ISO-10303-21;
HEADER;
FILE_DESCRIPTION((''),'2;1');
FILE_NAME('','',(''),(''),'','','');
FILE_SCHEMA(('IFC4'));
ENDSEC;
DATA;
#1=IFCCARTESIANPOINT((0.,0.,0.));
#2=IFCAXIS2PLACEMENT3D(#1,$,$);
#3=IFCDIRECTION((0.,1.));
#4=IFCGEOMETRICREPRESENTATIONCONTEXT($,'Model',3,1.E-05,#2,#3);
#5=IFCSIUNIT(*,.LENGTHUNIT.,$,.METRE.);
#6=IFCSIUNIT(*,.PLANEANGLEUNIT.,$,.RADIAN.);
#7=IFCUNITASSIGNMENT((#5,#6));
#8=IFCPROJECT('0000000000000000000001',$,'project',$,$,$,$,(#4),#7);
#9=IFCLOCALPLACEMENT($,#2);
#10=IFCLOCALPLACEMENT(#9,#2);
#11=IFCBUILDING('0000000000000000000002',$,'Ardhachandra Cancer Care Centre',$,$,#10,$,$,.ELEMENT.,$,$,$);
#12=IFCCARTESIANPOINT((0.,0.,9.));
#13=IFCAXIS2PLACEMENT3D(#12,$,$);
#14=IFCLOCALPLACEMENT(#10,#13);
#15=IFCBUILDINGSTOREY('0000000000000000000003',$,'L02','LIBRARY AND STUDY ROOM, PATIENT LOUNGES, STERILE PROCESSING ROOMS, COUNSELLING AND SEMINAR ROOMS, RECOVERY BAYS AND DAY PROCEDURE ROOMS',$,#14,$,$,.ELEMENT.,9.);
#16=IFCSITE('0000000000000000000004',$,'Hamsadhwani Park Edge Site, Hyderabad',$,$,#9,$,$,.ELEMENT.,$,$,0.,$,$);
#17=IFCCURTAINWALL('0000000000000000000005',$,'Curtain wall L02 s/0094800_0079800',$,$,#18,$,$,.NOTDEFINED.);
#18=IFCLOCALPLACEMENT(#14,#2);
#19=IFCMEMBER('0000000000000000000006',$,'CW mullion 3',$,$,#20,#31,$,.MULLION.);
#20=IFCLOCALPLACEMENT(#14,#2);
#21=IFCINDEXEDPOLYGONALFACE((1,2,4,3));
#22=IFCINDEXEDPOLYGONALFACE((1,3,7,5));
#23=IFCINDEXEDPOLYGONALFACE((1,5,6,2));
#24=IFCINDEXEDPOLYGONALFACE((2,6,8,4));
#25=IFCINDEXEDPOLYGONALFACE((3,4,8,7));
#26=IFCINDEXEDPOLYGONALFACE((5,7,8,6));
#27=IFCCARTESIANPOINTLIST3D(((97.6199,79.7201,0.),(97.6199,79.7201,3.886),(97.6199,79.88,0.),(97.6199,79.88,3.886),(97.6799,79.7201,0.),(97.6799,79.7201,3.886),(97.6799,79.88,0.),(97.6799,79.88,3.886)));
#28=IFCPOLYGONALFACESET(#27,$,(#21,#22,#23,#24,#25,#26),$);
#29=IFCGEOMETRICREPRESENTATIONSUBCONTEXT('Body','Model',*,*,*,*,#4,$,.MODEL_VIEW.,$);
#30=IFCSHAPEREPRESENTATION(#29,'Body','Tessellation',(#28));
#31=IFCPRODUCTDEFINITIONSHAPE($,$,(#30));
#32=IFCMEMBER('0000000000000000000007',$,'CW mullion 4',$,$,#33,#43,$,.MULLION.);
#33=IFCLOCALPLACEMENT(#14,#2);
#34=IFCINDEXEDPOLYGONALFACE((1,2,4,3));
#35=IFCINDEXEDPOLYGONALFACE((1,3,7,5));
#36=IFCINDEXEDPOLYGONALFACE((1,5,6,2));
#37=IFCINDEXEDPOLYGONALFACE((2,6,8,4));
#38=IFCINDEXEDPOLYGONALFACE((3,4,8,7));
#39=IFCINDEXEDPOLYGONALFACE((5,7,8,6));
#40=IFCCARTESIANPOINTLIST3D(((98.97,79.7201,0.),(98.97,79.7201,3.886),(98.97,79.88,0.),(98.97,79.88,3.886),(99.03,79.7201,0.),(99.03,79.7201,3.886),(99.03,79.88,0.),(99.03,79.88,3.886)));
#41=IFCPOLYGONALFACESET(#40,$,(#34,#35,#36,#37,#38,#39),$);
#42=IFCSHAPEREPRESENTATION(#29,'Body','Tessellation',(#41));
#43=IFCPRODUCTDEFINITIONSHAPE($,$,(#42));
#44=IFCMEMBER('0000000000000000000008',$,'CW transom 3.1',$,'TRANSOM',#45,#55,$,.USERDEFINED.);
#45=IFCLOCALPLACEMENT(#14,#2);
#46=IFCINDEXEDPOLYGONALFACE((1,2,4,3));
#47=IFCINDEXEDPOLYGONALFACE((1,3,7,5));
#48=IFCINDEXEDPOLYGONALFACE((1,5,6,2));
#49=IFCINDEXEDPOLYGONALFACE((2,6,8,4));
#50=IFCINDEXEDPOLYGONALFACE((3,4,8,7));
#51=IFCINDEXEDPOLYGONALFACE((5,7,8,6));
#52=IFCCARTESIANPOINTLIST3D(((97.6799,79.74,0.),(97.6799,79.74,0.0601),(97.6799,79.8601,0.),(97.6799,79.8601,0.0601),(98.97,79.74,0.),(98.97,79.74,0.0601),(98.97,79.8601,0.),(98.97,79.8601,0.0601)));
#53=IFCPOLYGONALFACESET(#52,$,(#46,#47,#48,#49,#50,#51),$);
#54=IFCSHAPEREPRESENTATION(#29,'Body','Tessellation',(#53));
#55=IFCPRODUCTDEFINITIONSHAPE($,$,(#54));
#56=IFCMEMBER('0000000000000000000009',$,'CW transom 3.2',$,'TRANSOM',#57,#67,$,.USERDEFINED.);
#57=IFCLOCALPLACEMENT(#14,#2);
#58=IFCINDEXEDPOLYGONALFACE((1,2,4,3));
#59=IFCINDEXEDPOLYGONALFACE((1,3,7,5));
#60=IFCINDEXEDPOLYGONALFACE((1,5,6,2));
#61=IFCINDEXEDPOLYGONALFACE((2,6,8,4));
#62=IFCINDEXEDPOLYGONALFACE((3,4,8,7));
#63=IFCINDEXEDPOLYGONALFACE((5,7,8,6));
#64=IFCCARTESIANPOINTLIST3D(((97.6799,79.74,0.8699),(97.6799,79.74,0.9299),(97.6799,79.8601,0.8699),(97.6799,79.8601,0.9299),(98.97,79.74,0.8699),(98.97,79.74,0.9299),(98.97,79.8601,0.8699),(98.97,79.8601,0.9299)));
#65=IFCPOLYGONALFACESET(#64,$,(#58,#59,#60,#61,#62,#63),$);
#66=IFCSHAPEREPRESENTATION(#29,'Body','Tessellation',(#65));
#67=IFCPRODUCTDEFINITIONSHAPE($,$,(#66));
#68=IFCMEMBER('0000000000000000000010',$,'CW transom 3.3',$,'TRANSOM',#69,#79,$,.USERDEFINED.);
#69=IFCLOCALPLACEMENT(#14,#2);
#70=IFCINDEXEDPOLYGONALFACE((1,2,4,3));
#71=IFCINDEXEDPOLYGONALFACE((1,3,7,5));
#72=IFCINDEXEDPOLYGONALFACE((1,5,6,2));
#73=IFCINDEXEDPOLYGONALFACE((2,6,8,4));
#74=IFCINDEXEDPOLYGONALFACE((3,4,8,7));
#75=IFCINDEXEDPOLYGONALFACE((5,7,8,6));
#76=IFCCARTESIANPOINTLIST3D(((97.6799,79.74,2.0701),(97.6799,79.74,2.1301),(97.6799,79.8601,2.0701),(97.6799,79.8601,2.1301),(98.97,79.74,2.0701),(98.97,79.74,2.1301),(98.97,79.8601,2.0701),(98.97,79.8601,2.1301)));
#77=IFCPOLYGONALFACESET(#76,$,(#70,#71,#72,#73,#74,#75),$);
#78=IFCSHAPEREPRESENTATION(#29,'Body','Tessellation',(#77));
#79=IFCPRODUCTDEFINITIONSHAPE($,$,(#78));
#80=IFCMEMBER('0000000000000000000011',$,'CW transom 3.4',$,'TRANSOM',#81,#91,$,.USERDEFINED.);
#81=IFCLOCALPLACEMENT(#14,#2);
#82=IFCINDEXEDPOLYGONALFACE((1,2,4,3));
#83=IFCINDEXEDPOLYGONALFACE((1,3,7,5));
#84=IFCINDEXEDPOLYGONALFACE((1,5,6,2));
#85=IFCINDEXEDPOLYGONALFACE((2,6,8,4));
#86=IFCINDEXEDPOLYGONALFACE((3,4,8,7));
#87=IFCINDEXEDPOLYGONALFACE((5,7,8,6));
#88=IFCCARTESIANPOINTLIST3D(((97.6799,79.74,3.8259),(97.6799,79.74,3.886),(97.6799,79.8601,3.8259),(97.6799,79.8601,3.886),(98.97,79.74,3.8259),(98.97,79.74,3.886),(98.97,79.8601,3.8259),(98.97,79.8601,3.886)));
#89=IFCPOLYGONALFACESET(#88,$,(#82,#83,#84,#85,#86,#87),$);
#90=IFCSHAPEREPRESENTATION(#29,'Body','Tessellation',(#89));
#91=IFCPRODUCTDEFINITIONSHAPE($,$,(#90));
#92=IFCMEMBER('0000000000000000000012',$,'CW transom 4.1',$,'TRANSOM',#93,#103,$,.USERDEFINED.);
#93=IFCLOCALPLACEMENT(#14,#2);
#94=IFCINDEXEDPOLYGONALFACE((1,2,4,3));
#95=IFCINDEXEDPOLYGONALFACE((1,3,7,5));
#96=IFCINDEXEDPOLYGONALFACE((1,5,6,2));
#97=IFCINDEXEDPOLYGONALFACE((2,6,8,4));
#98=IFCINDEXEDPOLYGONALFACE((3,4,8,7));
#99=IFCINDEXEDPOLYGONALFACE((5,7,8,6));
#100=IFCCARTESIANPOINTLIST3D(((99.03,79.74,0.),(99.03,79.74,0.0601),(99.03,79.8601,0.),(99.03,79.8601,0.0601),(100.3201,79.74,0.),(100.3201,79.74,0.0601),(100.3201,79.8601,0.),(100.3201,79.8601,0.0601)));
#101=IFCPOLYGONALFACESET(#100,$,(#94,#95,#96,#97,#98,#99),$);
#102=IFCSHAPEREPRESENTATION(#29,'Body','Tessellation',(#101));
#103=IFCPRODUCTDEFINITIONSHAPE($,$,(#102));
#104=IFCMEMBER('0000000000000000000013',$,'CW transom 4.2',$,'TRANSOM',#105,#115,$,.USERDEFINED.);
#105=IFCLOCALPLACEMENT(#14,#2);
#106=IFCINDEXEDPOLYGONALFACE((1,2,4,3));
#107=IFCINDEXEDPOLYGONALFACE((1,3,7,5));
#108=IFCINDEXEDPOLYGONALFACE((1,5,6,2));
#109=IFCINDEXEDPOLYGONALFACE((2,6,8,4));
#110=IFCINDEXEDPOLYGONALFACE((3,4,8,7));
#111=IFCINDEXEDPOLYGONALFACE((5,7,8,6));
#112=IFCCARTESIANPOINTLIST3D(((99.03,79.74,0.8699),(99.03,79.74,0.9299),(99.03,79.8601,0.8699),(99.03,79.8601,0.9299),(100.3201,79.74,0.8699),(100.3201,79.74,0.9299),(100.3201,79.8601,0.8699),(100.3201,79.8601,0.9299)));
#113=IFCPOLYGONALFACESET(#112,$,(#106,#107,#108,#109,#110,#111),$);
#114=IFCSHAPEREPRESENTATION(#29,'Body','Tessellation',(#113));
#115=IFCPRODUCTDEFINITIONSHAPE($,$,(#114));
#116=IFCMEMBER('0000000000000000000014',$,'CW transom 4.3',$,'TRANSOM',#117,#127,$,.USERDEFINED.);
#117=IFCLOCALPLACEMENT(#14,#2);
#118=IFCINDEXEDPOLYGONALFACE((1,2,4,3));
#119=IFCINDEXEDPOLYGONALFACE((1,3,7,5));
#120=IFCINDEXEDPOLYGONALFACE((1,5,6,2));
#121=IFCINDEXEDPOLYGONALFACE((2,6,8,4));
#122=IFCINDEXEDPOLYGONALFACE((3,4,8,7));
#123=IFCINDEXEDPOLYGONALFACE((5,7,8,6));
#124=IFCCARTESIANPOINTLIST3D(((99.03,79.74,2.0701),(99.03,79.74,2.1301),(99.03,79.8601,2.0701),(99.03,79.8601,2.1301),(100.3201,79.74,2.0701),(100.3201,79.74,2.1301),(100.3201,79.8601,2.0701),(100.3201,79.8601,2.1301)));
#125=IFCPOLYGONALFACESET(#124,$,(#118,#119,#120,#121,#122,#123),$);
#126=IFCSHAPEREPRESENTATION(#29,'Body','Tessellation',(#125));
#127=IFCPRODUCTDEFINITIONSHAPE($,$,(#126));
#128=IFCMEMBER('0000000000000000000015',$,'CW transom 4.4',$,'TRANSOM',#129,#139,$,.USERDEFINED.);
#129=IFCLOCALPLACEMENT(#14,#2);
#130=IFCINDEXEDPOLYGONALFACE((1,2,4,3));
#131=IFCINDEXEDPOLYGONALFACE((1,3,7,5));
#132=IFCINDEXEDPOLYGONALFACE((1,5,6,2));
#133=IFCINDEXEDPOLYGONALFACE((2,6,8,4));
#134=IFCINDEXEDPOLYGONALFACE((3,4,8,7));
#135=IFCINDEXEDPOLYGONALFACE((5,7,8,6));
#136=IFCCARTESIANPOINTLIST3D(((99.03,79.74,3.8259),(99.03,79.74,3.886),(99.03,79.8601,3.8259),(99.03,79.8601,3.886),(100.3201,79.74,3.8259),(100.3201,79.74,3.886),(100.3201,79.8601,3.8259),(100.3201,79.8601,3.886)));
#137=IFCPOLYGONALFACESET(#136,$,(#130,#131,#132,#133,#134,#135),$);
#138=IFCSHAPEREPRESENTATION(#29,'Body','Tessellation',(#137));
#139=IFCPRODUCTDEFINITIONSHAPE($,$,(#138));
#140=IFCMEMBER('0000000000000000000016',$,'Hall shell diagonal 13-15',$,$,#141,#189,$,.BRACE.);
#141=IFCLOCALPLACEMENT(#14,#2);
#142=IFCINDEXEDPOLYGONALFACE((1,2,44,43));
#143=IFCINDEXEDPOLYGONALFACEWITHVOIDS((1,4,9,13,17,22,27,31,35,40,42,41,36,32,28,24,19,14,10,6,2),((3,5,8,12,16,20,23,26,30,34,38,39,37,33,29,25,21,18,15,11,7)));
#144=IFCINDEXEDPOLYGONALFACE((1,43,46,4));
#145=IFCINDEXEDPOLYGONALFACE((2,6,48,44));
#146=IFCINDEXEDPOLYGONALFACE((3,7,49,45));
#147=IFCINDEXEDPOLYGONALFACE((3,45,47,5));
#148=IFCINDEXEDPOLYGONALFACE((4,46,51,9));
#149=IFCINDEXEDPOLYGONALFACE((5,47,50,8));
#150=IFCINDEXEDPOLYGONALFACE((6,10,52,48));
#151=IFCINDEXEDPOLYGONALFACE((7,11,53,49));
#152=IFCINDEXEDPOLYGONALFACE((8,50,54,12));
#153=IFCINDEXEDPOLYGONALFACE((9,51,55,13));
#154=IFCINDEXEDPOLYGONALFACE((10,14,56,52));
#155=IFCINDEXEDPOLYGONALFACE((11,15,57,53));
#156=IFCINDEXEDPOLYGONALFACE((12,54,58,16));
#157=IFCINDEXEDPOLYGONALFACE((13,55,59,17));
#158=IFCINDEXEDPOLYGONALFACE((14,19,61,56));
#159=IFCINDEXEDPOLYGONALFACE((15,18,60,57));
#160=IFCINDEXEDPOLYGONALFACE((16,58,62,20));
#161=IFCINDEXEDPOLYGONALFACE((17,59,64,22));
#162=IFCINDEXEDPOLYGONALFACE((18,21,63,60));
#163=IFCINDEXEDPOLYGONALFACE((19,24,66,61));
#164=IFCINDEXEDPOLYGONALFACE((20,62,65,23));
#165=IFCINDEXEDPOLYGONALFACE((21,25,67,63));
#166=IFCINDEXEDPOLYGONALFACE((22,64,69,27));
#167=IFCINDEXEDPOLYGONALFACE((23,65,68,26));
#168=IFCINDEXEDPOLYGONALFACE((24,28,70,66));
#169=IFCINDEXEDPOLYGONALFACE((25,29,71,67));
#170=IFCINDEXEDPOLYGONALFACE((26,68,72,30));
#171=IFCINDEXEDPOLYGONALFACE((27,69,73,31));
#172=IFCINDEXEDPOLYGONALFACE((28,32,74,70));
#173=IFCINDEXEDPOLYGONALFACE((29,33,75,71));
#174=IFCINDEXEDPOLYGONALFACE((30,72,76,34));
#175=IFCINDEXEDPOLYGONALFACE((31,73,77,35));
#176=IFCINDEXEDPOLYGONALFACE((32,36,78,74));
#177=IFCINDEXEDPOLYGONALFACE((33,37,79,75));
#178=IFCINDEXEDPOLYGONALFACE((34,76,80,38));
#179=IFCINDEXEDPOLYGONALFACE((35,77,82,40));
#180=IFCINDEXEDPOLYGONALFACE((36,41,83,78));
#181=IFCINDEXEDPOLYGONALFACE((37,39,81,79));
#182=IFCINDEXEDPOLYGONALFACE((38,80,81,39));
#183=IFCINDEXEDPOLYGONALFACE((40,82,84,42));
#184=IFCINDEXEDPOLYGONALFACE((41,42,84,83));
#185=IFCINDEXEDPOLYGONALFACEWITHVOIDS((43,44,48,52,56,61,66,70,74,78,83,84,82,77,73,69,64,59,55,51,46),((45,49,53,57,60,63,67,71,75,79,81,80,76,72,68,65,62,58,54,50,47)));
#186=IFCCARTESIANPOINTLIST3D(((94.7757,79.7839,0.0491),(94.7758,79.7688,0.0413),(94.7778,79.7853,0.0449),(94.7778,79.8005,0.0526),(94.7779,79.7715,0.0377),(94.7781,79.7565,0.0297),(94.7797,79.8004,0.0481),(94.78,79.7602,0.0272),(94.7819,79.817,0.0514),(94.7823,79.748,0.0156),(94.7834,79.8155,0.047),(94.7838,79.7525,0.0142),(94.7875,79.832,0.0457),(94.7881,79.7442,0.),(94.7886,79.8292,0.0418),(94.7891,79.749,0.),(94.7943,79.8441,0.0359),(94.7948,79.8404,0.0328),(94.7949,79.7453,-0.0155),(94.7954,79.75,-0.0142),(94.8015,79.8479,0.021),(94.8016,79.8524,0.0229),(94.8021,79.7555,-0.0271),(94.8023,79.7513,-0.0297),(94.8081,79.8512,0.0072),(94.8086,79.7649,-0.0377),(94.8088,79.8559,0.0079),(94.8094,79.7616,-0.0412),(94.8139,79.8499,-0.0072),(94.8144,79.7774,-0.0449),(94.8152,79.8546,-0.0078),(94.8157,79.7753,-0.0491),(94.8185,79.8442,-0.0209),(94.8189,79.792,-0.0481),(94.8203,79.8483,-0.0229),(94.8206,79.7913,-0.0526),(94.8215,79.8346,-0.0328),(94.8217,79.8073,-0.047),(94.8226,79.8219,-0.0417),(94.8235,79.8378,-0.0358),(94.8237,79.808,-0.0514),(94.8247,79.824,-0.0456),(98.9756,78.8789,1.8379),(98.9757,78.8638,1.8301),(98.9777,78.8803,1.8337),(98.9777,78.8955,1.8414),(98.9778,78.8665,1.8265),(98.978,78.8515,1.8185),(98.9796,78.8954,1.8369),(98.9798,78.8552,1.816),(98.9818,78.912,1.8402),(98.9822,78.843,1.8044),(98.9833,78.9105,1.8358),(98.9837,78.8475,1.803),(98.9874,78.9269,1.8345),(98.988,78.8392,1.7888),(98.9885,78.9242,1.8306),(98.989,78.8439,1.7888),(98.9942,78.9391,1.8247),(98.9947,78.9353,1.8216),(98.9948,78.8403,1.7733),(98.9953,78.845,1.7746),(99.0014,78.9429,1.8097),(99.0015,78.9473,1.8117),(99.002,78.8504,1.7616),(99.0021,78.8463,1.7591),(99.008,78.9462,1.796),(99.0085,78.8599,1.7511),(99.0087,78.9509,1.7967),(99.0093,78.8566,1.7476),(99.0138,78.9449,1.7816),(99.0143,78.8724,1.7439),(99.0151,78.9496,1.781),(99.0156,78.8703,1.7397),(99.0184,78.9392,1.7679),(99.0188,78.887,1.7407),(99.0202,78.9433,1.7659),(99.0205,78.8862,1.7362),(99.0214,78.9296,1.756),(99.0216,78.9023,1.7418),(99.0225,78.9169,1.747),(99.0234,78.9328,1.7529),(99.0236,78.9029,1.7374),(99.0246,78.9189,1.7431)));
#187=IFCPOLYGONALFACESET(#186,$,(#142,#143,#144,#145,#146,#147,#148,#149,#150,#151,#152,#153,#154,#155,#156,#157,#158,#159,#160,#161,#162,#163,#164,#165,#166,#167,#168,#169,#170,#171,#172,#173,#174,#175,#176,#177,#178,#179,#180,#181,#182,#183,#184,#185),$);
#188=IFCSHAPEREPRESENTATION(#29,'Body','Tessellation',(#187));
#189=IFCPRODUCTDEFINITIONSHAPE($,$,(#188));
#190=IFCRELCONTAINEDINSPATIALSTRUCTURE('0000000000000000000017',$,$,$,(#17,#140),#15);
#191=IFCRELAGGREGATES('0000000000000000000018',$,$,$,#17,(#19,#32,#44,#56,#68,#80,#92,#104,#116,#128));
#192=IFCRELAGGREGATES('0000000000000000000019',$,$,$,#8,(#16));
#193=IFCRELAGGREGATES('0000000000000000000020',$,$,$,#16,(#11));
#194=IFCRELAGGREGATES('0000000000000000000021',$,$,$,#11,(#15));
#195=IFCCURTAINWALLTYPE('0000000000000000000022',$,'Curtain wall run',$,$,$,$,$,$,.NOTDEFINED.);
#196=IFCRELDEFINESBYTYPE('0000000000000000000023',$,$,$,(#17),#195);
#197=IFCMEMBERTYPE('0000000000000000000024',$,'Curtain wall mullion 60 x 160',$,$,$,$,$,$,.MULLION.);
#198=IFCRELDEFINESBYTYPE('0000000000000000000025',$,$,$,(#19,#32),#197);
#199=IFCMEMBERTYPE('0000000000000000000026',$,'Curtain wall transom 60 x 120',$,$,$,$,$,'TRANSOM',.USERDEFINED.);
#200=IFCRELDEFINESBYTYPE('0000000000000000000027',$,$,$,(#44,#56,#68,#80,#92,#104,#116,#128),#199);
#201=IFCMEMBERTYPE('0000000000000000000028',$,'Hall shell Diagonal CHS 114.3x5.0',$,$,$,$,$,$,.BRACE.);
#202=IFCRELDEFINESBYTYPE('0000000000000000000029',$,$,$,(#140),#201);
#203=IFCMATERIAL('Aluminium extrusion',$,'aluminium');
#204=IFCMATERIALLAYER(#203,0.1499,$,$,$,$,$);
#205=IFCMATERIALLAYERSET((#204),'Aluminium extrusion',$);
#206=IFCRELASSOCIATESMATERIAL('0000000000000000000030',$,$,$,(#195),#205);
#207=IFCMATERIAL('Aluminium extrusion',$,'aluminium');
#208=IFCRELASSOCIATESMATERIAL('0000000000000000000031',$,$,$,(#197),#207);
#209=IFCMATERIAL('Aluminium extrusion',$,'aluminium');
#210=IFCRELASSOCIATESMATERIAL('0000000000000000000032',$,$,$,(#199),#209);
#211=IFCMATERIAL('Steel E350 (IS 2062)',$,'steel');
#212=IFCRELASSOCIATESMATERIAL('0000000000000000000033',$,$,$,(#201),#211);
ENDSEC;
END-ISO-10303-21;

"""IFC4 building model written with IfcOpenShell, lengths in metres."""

from ifc_helpers import new_model, si_unit, direction, frame, origin, origin_2d, place, context, subcontext, project, spatial, rectangle, hollow_circle, extrude, material, layer, layer_set, material_profile, profile_set, type_object, element, aggregate, save


model = new_model("IFC4")

# Units and contexts
model_context = context("Model", 3, precision=1e-05, world=origin(), true_north=direction((0.0, 1.0)))
body_context = subcontext(model_context, "Body", "Model", "MODEL_VIEW")
ifc_project = project(units=[si_unit("LENGTHUNIT", "METRE"), si_unit("PLANEANGLEUNIT", "RADIAN")], contexts=[model_context])

# Site, building, storey
site_placement = place(None, origin())
site = spatial("IfcSite", under=ifc_project, at=site_placement, Name="Hamsadhwani Park Edge Site, Hyderabad", CompositionType="ELEMENT", RefElevation=0.0)
building_placement = place(site_placement, origin())
building = spatial("IfcBuilding", under=site, at=building_placement, Name="Ardhachandra Cancer Care Centre", CompositionType="ELEMENT")
storey_placement = place(building_placement, frame((0.0, 0.0, 9.0)))
storey = spatial("IfcBuildingStorey", under=building, at=storey_placement, Name="L02", Description="LIBRARY AND STUDY ROOM, PATIENT LOUNGES, STERILE PROCESSING ROOMS, COUNSELLING AND SEMINAR ROOMS, RECOVERY BAYS AND DAY PROCEDURE ROOMS", CompositionType="ELEMENT", Elevation=9.0)

# Curtain wall, members
ifc_material_1 = material(Name="Aluminium extrusion", Category="aluminium")
ifc_layer_1 = layer(ifc_material_1, 0.1499)
ifc_layer_set_1 = layer_set([ifc_layer_1], Name="Aluminium extrusion")
curtain_wall_type = type_object("IfcCurtainWallType", Name="Curtain wall run", PredefinedType="NOTDEFINED", material=ifc_layer_set_1)
curtain_wall_placement = place(storey_placement, origin())
curtain_wall = element("IfcCurtainWall", 1, at=curtain_wall_placement, inside=storey, type_object=curtain_wall_type, Name="Curtain wall L02 s/0094800_0079800", PredefinedType="NOTDEFINED")
ifc_material_2 = material(Name="Aluminium extrusion", Category="aluminium")
ifc_material_profile_1 = material_profile(ifc_material_2, rectangle(XDim=0.1599, YDim=0.0601, at=origin_2d()), Name="Curtain wall mullion 60 x 160")
ifc_profile_set_1 = profile_set([ifc_material_profile_1], Name="Aluminium extrusion")
member_type_1 = type_object("IfcMemberType", Name="Curtain wall mullion 60 x 160", PredefinedType="MULLION", material=ifc_profile_set_1)
member_1_placement = place(storey_placement, frame((97.6499, 79.8, 0.0), z_axis=(0.0, 0.0, 1.0), x_axis=(0.0, 1.0, 0.0)))
member_1 = element("IfcMember", 2, at=member_1_placement, type_object=member_type_1, Name="CW mullion 3", PredefinedType="MULLION", context=body_context, shape_type="SweptSolid", body=[
    extrude(rectangle(XDim=0.1599, YDim=0.0601, at=origin_2d()), origin(), (0.0, 0.0, 1.0), 3.886),
])
member_2_placement = place(storey_placement, frame((99.0, 79.8, 0.0), z_axis=(0.0, 0.0, 1.0), x_axis=(0.0, 1.0, 0.0)))
member_2 = element("IfcMember", 3, at=member_2_placement, type_object=member_type_1, Name="CW mullion 4", PredefinedType="MULLION", context=body_context, shape_type="SweptSolid", body=[
    extrude(rectangle(XDim=0.1599, YDim=0.0601, at=origin_2d()), origin(), (0.0, 0.0, 1.0), 3.886),
])
ifc_material_3 = material(Name="Aluminium extrusion", Category="aluminium")
ifc_material_profile_2 = material_profile(ifc_material_3, rectangle(XDim=0.1201, YDim=0.0601, at=origin_2d()), Name="Curtain wall transom 60 x 120")
ifc_profile_set_2 = profile_set([ifc_material_profile_2], Name="Aluminium extrusion")
member_type_2 = type_object("IfcMemberType", Name="Curtain wall transom 60 x 120", ElementType="TRANSOM", PredefinedType="USERDEFINED", material=ifc_profile_set_2)
member_3_placement = place(storey_placement, frame((97.6799, 79.8, 0.03), z_axis=(1.0, 0.0, 0.0), x_axis=(0.0, 1.0, 0.0)))
member_3 = element("IfcMember", 4, at=member_3_placement, type_object=member_type_2, Name="CW transom 3.1", ObjectType="TRANSOM", PredefinedType="USERDEFINED", context=body_context, shape_type="SweptSolid", body=[
    extrude(rectangle(XDim=0.1201, YDim=0.0601, at=origin_2d()), origin(), (0.0, 0.0, 1.0), 1.29),
])
member_4_placement = place(storey_placement, frame((97.6799, 79.8, 0.8999), z_axis=(1.0, 0.0, 0.0), x_axis=(0.0, 1.0, 0.0)))
member_4 = element("IfcMember", 5, at=member_4_placement, type_object=member_type_2, Name="CW transom 3.2", ObjectType="TRANSOM", PredefinedType="USERDEFINED", context=body_context, shape_type="SweptSolid", body=[
    extrude(rectangle(XDim=0.1201, YDim=0.0601, at=origin_2d()), origin(), (0.0, 0.0, 1.0), 1.29),
])
member_5_placement = place(storey_placement, frame((97.6799, 79.8, 2.1001), z_axis=(1.0, 0.0, 0.0), x_axis=(0.0, 1.0, 0.0)))
member_5 = element("IfcMember", 6, at=member_5_placement, type_object=member_type_2, Name="CW transom 3.3", ObjectType="TRANSOM", PredefinedType="USERDEFINED", context=body_context, shape_type="SweptSolid", body=[
    extrude(rectangle(XDim=0.1201, YDim=0.0601, at=origin_2d()), origin(), (0.0, 0.0, 1.0), 1.29),
])
member_6_placement = place(storey_placement, frame((97.6799, 79.8, 3.856), z_axis=(1.0, 0.0, 0.0), x_axis=(0.0, 1.0, 0.0)))
member_6 = element("IfcMember", 7, at=member_6_placement, type_object=member_type_2, Name="CW transom 3.4", ObjectType="TRANSOM", PredefinedType="USERDEFINED", context=body_context, shape_type="SweptSolid", body=[
    extrude(rectangle(XDim=0.1201, YDim=0.0601, at=origin_2d()), origin(), (0.0, 0.0, 1.0), 1.29),
])
member_7_placement = place(storey_placement, frame((99.03, 79.8, 0.03), z_axis=(1.0, 0.0, 0.0), x_axis=(0.0, 1.0, 0.0)))
member_7 = element("IfcMember", 8, at=member_7_placement, type_object=member_type_2, Name="CW transom 4.1", ObjectType="TRANSOM", PredefinedType="USERDEFINED", context=body_context, shape_type="SweptSolid", body=[
    extrude(rectangle(XDim=0.1201, YDim=0.0601, at=origin_2d()), origin(), (0.0, 0.0, 1.0), 1.29),
])
member_8_placement = place(storey_placement, frame((99.03, 79.8, 0.8999), z_axis=(1.0, 0.0, 0.0), x_axis=(0.0, 1.0, 0.0)))
member_8 = element("IfcMember", 9, at=member_8_placement, type_object=member_type_2, Name="CW transom 4.2", ObjectType="TRANSOM", PredefinedType="USERDEFINED", context=body_context, shape_type="SweptSolid", body=[
    extrude(rectangle(XDim=0.1201, YDim=0.0601, at=origin_2d()), origin(), (0.0, 0.0, 1.0), 1.29),
])
member_9_placement = place(storey_placement, frame((99.03, 79.8, 2.1001), z_axis=(1.0, 0.0, 0.0), x_axis=(0.0, 1.0, 0.0)))
member_9 = element("IfcMember", 10, at=member_9_placement, type_object=member_type_2, Name="CW transom 4.3", ObjectType="TRANSOM", PredefinedType="USERDEFINED", context=body_context, shape_type="SweptSolid", body=[
    extrude(rectangle(XDim=0.1201, YDim=0.0601, at=origin_2d()), origin(), (0.0, 0.0, 1.0), 1.29),
])
member_10_placement = place(storey_placement, frame((99.03, 79.8, 3.856), z_axis=(1.0, 0.0, 0.0), x_axis=(0.0, 1.0, 0.0)))
member_10 = element("IfcMember", 11, at=member_10_placement, type_object=member_type_2, Name="CW transom 4.4", ObjectType="TRANSOM", PredefinedType="USERDEFINED", context=body_context, shape_type="SweptSolid", body=[
    extrude(rectangle(XDim=0.1201, YDim=0.0601, at=origin_2d()), origin(), (0.0, 0.0, 1.0), 1.29),
])

# Member
ifc_material_4 = material(Name="Steel E350 (IS 2062)", Category="steel")
ifc_material_profile_3 = material_profile(ifc_material_4, hollow_circle(Radius=0.0571, WallThickness=0.0049, at=origin_2d()), Name="CHS 114.3x5.0")
ifc_profile_set_3 = profile_set([ifc_material_profile_3], Name="Steel E350 (IS 2062)")
member_type_3 = type_object("IfcMemberType", Name="Hall shell Diagonal CHS 114.3x5.0", PredefinedType="BRACE", material=ifc_profile_set_3)
for number, where, z_axis, x_axis, name in (
    (12, (99.0, 78.895, 1.7888), (-0.902464, 0.194468, -0.384372), (-0.21065, -0.977561, 0.0), "Hall shell diagonal 13-15"),
):
    element("IfcMember", number, at=place(storey_placement, frame(where, z_axis=z_axis, x_axis=x_axis)), inside=storey, type_object=member_type_3, Name=name, PredefinedType="BRACE", context=body_context, shape_type="SweptSolid", body=[
        extrude(hollow_circle(Radius=0.0571, WallThickness=0.0049, at=origin_2d()), origin(), (0.0, 0.0, 1.0), 4.6538),
    ])

aggregate(curtain_wall, [member_1, member_2, member_3, member_4, member_5, member_6, member_7, member_8, member_9, member_10])

save(model, "model.ifc")
